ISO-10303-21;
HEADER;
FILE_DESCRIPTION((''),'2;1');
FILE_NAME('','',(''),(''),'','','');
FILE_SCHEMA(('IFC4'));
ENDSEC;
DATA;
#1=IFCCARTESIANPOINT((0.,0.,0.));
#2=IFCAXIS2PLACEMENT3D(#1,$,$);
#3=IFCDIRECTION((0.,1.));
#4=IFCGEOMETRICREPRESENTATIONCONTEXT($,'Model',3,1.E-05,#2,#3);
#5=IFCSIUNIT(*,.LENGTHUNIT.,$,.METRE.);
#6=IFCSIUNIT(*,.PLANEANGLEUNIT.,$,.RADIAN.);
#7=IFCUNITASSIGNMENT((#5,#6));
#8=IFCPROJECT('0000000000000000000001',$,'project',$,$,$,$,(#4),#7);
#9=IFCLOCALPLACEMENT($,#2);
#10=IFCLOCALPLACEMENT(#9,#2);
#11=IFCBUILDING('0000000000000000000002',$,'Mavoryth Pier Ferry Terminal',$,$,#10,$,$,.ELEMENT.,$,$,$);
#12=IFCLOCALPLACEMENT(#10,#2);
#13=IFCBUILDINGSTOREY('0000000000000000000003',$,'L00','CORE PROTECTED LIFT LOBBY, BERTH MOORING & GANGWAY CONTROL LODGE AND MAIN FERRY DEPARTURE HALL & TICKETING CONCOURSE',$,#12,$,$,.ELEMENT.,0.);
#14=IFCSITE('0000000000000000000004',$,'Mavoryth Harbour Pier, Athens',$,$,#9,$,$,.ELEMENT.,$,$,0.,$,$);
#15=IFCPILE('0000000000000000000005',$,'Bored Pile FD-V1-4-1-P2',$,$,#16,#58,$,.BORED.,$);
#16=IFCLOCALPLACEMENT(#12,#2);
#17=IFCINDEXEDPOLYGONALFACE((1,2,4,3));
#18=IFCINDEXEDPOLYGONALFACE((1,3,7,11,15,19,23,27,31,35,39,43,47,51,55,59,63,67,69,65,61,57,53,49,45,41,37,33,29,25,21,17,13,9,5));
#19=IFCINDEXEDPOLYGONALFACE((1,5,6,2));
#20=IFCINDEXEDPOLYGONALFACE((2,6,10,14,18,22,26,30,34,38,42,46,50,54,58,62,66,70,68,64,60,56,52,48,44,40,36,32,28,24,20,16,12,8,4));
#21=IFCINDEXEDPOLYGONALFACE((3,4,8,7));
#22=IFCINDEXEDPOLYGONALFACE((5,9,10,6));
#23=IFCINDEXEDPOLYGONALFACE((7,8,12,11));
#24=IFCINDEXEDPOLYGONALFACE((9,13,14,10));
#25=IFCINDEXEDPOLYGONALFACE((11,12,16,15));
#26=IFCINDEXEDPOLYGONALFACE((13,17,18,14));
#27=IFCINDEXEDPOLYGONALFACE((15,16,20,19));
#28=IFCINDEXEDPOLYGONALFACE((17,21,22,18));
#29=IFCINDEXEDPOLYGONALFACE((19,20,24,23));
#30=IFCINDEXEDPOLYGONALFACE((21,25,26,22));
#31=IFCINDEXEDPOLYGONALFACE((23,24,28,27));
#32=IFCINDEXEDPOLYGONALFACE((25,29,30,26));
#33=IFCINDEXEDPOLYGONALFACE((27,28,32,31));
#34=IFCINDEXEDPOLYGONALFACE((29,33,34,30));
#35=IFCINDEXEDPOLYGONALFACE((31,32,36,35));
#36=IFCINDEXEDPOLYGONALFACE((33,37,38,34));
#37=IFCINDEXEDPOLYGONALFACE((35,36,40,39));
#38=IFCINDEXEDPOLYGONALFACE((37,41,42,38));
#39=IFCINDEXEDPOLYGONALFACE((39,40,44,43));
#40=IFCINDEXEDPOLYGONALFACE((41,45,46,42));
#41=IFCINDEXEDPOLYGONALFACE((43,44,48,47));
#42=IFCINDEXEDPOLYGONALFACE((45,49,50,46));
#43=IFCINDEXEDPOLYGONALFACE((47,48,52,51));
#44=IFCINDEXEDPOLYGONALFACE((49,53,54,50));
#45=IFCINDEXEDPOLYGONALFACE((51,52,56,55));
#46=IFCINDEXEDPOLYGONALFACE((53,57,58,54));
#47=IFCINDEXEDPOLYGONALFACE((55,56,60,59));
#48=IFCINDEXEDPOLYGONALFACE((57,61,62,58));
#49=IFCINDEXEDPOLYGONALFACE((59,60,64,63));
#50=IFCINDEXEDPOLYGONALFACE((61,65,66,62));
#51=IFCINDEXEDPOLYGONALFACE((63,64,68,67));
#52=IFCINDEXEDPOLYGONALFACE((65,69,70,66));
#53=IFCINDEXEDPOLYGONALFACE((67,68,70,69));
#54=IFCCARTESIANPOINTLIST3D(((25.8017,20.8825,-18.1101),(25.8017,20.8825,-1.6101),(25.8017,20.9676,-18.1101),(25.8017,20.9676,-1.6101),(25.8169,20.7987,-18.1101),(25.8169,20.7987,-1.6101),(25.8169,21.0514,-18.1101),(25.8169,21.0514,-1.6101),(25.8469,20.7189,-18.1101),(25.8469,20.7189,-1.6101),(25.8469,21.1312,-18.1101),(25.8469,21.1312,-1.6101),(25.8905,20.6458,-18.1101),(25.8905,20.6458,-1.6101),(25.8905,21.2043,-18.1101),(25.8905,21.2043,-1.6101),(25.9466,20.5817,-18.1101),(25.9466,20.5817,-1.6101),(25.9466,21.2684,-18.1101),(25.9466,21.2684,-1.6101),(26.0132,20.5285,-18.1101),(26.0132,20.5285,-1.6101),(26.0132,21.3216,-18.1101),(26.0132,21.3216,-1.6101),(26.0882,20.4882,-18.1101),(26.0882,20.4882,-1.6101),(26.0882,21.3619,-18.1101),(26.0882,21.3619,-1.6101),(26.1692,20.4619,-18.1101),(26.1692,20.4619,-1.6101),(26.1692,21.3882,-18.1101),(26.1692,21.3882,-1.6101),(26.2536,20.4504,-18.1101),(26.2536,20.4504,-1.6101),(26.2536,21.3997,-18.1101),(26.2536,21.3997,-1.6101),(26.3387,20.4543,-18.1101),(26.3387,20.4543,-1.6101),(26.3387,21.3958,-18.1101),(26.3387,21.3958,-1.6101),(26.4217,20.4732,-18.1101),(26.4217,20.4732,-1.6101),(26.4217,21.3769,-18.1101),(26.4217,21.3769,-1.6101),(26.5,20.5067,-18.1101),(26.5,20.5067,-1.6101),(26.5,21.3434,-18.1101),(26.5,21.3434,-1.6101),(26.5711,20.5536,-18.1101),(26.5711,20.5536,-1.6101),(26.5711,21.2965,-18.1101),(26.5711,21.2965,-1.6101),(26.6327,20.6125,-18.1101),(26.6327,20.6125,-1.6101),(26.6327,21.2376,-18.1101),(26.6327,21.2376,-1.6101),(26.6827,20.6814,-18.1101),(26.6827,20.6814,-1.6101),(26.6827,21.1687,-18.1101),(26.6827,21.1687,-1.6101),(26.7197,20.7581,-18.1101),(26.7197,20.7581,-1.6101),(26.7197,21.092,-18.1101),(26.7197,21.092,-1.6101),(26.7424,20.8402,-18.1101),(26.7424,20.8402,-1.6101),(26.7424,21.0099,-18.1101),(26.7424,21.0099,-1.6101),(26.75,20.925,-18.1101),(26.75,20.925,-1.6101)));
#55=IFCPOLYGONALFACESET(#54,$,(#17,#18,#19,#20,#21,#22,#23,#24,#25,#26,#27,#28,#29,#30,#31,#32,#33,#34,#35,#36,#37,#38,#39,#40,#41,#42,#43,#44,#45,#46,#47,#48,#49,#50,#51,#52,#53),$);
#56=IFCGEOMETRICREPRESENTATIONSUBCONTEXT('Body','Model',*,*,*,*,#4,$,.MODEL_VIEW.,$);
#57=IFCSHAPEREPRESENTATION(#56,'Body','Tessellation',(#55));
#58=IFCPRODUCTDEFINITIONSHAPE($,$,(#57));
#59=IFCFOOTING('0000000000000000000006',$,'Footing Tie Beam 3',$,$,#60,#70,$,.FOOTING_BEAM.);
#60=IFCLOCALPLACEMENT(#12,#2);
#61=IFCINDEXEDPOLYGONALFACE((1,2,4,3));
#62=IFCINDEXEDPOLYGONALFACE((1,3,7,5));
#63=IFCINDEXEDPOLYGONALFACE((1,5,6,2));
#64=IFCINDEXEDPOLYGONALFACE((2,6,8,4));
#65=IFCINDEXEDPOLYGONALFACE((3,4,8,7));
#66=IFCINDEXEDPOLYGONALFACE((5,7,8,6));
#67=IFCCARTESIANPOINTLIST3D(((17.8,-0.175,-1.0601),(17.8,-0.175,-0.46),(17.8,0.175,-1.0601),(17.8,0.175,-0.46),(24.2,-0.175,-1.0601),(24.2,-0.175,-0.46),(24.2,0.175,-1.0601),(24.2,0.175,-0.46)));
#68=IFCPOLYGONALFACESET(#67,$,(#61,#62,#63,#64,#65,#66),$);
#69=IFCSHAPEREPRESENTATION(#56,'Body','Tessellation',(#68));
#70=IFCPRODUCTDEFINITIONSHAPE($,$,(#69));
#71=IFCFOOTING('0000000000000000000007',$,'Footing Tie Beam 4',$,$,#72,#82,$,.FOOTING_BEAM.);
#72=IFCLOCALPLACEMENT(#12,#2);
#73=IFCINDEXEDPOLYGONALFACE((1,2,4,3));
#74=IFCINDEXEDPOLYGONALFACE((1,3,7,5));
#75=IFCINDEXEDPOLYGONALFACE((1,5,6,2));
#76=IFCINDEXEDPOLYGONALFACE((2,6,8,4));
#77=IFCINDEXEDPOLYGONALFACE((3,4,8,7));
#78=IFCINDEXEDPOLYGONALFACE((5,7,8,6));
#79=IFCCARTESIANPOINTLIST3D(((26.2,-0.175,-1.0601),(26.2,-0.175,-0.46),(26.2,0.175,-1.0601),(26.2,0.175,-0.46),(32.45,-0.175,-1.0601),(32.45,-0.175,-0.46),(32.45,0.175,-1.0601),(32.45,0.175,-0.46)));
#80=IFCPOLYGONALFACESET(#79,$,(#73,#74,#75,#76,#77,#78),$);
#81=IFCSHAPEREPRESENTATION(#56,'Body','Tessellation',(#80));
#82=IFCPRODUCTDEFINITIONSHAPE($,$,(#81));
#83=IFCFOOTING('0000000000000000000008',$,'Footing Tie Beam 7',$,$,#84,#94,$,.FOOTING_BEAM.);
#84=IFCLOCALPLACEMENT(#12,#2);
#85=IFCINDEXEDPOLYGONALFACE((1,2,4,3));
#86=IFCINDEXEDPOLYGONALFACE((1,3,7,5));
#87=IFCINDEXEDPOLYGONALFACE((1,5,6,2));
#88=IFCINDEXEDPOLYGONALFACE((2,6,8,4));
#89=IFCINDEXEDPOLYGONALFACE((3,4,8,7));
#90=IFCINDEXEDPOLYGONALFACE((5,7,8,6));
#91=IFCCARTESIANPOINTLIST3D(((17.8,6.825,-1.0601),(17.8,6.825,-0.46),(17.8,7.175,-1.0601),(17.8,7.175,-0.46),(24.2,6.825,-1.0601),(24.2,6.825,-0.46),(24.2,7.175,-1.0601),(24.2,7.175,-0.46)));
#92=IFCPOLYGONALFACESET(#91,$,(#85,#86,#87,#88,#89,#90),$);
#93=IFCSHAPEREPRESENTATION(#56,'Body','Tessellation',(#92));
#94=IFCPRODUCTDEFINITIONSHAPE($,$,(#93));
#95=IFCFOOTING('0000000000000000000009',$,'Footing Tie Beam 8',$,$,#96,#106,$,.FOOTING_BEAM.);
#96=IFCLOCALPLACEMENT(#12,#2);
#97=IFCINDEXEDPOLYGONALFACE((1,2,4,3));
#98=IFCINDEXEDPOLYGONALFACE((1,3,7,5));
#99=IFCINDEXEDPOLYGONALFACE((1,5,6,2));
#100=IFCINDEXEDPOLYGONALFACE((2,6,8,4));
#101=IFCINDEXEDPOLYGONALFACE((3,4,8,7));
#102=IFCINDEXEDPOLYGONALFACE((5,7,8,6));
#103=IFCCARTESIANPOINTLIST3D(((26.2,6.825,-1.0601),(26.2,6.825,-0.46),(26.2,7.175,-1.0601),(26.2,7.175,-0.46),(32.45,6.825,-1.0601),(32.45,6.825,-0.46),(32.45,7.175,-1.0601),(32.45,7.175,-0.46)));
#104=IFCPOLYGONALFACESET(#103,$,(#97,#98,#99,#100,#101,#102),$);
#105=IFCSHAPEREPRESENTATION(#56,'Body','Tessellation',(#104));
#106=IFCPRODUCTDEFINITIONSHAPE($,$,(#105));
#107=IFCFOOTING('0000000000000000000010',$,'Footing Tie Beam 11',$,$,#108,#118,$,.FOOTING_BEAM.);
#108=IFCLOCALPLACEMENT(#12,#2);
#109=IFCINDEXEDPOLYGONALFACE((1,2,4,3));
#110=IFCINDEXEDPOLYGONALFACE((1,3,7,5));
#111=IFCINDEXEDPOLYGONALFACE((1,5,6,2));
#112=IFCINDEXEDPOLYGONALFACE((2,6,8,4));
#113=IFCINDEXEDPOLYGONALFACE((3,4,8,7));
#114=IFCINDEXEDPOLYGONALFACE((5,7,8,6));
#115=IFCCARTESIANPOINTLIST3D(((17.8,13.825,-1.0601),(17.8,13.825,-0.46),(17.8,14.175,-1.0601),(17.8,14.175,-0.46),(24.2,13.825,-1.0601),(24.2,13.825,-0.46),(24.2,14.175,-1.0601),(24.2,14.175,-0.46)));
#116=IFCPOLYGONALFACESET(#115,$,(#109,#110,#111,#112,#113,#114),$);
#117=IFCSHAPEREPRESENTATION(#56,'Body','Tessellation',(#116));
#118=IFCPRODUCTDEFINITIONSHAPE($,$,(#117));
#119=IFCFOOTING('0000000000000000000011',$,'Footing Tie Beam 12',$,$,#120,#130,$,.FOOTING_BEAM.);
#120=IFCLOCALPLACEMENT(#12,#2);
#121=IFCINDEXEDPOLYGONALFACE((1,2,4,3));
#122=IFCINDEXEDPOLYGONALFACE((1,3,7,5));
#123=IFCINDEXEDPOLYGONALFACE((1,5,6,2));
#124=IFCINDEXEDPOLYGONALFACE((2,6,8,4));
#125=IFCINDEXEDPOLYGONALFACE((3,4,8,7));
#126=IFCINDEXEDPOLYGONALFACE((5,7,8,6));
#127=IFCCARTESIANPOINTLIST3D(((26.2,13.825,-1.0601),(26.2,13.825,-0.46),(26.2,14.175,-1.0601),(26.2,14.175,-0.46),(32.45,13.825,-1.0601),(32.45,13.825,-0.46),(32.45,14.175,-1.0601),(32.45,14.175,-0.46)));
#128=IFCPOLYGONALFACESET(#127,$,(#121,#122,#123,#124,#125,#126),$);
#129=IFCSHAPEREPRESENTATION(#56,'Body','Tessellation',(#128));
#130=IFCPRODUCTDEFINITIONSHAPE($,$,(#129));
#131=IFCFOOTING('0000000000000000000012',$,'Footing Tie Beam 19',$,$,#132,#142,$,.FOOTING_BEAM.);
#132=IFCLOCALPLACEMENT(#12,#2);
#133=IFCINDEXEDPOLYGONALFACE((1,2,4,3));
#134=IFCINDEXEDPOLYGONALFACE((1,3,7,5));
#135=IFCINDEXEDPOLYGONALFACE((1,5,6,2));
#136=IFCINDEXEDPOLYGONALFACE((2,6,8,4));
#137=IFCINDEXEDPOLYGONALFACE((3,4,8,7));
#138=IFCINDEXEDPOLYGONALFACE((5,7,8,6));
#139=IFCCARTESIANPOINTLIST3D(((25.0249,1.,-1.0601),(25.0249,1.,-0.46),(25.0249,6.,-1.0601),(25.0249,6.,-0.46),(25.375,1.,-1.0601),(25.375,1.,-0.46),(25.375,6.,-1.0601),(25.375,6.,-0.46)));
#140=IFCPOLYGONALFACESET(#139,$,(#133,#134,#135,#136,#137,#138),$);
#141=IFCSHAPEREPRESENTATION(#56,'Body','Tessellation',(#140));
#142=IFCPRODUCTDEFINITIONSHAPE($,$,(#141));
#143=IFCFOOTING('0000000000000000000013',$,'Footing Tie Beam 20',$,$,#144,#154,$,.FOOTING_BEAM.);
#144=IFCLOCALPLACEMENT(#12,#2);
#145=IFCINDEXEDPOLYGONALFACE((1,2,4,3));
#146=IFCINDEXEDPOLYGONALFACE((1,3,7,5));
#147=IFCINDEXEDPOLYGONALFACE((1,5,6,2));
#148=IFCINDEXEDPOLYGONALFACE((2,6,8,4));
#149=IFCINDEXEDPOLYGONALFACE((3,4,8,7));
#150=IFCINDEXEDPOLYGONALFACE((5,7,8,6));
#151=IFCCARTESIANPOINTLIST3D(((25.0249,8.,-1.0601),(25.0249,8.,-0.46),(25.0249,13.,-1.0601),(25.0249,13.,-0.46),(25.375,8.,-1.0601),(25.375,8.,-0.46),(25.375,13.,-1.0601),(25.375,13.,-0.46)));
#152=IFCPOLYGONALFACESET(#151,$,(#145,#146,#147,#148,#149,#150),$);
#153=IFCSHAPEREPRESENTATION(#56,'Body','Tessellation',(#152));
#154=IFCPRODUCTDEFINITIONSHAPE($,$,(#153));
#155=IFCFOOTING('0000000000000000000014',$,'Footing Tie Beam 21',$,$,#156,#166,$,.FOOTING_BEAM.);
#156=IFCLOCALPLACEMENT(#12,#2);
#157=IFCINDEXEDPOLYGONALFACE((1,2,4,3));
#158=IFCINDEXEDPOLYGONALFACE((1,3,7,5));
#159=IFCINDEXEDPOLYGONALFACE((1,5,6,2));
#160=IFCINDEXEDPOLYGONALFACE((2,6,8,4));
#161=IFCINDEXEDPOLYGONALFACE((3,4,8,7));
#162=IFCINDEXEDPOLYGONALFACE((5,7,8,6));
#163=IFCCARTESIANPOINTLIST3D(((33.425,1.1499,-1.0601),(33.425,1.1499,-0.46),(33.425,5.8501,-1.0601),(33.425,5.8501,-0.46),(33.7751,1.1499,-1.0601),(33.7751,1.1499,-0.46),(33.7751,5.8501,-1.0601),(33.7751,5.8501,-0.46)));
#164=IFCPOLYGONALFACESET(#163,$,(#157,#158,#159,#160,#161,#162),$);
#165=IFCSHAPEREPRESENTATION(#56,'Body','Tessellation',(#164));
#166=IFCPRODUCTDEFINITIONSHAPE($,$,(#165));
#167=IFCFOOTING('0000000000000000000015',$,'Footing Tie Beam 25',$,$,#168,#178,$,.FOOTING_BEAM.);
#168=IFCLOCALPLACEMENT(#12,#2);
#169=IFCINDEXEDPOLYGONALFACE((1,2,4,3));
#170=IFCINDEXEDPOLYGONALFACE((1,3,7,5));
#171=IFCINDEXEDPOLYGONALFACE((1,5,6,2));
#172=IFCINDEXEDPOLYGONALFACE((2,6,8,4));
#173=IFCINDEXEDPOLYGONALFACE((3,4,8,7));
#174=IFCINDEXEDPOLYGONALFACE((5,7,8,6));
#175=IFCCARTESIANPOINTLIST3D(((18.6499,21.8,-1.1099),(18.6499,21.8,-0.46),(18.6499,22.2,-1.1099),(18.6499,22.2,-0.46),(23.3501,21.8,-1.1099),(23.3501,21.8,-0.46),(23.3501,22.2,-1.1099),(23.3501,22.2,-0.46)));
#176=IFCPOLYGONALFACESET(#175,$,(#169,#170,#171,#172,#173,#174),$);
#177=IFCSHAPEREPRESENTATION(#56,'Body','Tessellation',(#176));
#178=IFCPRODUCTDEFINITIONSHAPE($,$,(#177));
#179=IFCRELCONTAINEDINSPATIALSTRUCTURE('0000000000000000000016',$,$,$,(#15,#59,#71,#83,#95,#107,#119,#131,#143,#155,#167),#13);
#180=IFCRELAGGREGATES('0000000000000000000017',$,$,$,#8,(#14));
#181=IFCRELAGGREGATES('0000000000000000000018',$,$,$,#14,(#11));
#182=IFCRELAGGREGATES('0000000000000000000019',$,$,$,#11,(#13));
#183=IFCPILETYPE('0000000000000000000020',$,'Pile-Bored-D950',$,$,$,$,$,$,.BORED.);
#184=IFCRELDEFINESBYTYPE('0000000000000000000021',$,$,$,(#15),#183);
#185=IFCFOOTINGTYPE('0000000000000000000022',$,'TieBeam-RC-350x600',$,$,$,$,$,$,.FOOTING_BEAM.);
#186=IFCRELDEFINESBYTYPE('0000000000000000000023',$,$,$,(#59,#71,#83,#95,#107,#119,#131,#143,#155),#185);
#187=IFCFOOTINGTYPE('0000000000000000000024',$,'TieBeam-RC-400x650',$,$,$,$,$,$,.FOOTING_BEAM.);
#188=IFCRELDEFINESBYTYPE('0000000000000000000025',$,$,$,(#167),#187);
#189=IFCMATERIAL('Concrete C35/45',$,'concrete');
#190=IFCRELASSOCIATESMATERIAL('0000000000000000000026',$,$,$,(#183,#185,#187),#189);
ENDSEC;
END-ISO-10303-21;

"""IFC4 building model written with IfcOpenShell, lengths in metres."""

from ifc_helpers import new_model, si_unit, direction, frame, origin, origin_2d, place, context, subcontext, project, spatial, rectangle, circle, extrude, material, material_profile, profile_set, type_object, element, save


model = new_model("IFC4")

# Units and contexts
model_context = context("Model", 3, precision=1e-05, world=origin(), true_north=direction((0.0, 1.0)))
body_context = subcontext(model_context, "Body", "Model", "MODEL_VIEW")
ifc_project = project(units=[si_unit("LENGTHUNIT", "METRE"), si_unit("PLANEANGLEUNIT", "RADIAN")], contexts=[model_context])

# Site, building, storey
site_placement = place(None, origin())
site = spatial("IfcSite", under=ifc_project, at=site_placement, Name="Mavoryth Harbour Pier, Athens", CompositionType="ELEMENT", RefElevation=0.0)
building_placement = place(site_placement, origin())
building = spatial("IfcBuilding", under=site, at=building_placement, Name="Mavoryth Pier Ferry Terminal", CompositionType="ELEMENT")
storey_placement = place(building_placement, origin())
storey = spatial("IfcBuildingStorey", under=building, at=storey_placement, Name="L00", Description="CORE PROTECTED LIFT LOBBY, BERTH MOORING & GANGWAY CONTROL LODGE AND MAIN FERRY DEPARTURE HALL & TICKETING CONCOURSE", CompositionType="ELEMENT", Elevation=0.0)

# Shared definitions
ifc_material_1 = material(Name="Concrete C35/45", Category="concrete")

# Pile
ifc_material_profile_1 = material_profile(ifc_material_1, circle(Radius=0.4751, at=origin_2d()), Name="PILE D950", Category="concrete")
ifc_profile_set_1 = profile_set([ifc_material_profile_1], Name="Concrete C35/45 - PILE D950")
pile_type_1 = type_object("IfcPileType", Name="Pile-Bored-D950", PredefinedType="BORED", material=ifc_profile_set_1)
for number, where, z_axis, x_axis, name in (
    (1, (26.2749, 20.925, -1.6101), (0.0, 0.0, -1.0), (1.0, 0.0, 0.0), "Bored Pile FD-V1-4-1-P2"),
):
    element("IfcPile", number, at=place(storey_placement, frame(where, z_axis=z_axis, x_axis=x_axis)), inside=storey, type_object=pile_type_1, Name=name, PredefinedType="BORED", context=body_context, shape_type="SweptSolid", body=[
        extrude(circle(Radius=0.4751, at=origin_2d()), origin(), (0.0, 0.0, 1.0), 16.5),
    ])

# Footings
ifc_material_profile_2 = material_profile(ifc_material_1, rectangle(XDim=0.3501, YDim=0.6001, at=origin_2d()), Name="RC 350x600", Category="concrete")
ifc_profile_set_2 = profile_set([ifc_material_profile_2], Name="Concrete C35/45 - RC 350x600")
footing_type_1 = type_object("IfcFootingType", Name="TieBeam-RC-350x600", PredefinedType="FOOTING_BEAM", material=ifc_profile_set_2)
footing_1_placement = place(storey_placement, frame((17.8, 0.0, -0.76), z_axis=(1.0, 0.0, 0.0), x_axis=(0.0, 1.0, 0.0)))
element("IfcFooting", 2, at=footing_1_placement, inside=storey, type_object=footing_type_1, Name="Footing Tie Beam 3", PredefinedType="FOOTING_BEAM", context=body_context, shape_type="SweptSolid", body=[
    extrude(rectangle(XDim=0.3501, YDim=0.6001, at=origin_2d()), origin(), (0.0, 0.0, 1.0), 6.3999),
])
footing_2_placement = place(storey_placement, frame((26.2, 0.0, -0.76), z_axis=(1.0, 0.0, 0.0), x_axis=(0.0, 1.0, 0.0)))
element("IfcFooting", 3, at=footing_2_placement, inside=storey, type_object=footing_type_1, Name="Footing Tie Beam 4", PredefinedType="FOOTING_BEAM", context=body_context, shape_type="SweptSolid", body=[
    extrude(rectangle(XDim=0.3501, YDim=0.6001, at=origin_2d()), origin(), (0.0, 0.0, 1.0), 6.25),
])
footing_3_placement = place(storey_placement, frame((17.8, 7.0, -0.76), z_axis=(1.0, 0.0, 0.0), x_axis=(0.0, 1.0, 0.0)))
element("IfcFooting", 4, at=footing_3_placement, inside=storey, type_object=footing_type_1, Name="Footing Tie Beam 7", PredefinedType="FOOTING_BEAM", context=body_context, shape_type="SweptSolid", body=[
    extrude(rectangle(XDim=0.3501, YDim=0.6001, at=origin_2d()), origin(), (0.0, 0.0, 1.0), 6.3999),
])
footing_4_placement = place(storey_placement, frame((26.2, 7.0, -0.76), z_axis=(1.0, 0.0, 0.0), x_axis=(0.0, 1.0, 0.0)))
element("IfcFooting", 5, at=footing_4_placement, inside=storey, type_object=footing_type_1, Name="Footing Tie Beam 8", PredefinedType="FOOTING_BEAM", context=body_context, shape_type="SweptSolid", body=[
    extrude(rectangle(XDim=0.3501, YDim=0.6001, at=origin_2d()), origin(), (0.0, 0.0, 1.0), 6.25),
])
footing_5_placement = place(storey_placement, frame((17.8, 14.0, -0.76), z_axis=(1.0, 0.0, 0.0), x_axis=(0.0, 1.0, 0.0)))
element("IfcFooting", 6, at=footing_5_placement, inside=storey, type_object=footing_type_1, Name="Footing Tie Beam 11", PredefinedType="FOOTING_BEAM", context=body_context, shape_type="SweptSolid", body=[
    extrude(rectangle(XDim=0.3501, YDim=0.6001, at=origin_2d()), origin(), (0.0, 0.0, 1.0), 6.3999),
])
footing_6_placement = place(storey_placement, frame((26.2, 14.0, -0.76), z_axis=(1.0, 0.0, 0.0), x_axis=(0.0, 1.0, 0.0)))
element("IfcFooting", 7, at=footing_6_placement, inside=storey, type_object=footing_type_1, Name="Footing Tie Beam 12", PredefinedType="FOOTING_BEAM", context=body_context, shape_type="SweptSolid", body=[
    extrude(rectangle(XDim=0.3501, YDim=0.6001, at=origin_2d()), origin(), (0.0, 0.0, 1.0), 6.25),
])
for number, where, z_axis, x_axis, name in (
    (8, (25.2, 1.0, -0.76), (0.0, 1.0, 0.0), (-1.0, 0.0, 0.0), "Footing Tie Beam 19"),
    (9, (25.2, 8.0, -0.76), (0.0, 1.0, 0.0), (-1.0, 0.0, 0.0), "Footing Tie Beam 20"),
):
    element("IfcFooting", number, at=place(storey_placement, frame(where, z_axis=z_axis, x_axis=x_axis)), inside=storey, type_object=footing_type_1, Name=name, PredefinedType="FOOTING_BEAM", context=body_context, shape_type="SweptSolid", body=[
        extrude(rectangle(XDim=0.3501, YDim=0.6001, at=origin_2d()), origin(), (0.0, 0.0, 1.0), 5.0),
    ])
footing_7_placement = place(storey_placement, frame((33.6001, 1.1499, -0.76), z_axis=(0.0, 1.0, 0.0), x_axis=(-1.0, 0.0, 0.0)))
element("IfcFooting", 10, at=footing_7_placement, inside=storey, type_object=footing_type_1, Name="Footing Tie Beam 21", PredefinedType="FOOTING_BEAM", context=body_context, shape_type="SweptSolid", body=[
    extrude(rectangle(XDim=0.3501, YDim=0.6001, at=origin_2d()), origin(), (0.0, 0.0, 1.0), 4.7002),
])
ifc_material_profile_3 = material_profile(ifc_material_1, rectangle(XDim=0.3999, YDim=0.6499, at=origin_2d()), Name="RC 400x650", Category="concrete")
ifc_profile_set_3 = profile_set([ifc_material_profile_3], Name="Concrete C35/45 - RC 400x650")
footing_type_2 = type_object("IfcFootingType", Name="TieBeam-RC-400x650", PredefinedType="FOOTING_BEAM", material=ifc_profile_set_3)
footing_8_placement = place(storey_placement, frame((18.6499, 22.0, -0.7849), z_axis=(1.0, 0.0, 0.0), x_axis=(0.0, 1.0, 0.0)))
element("IfcFooting", 11, at=footing_8_placement, inside=storey, type_object=footing_type_2, Name="Footing Tie Beam 25", PredefinedType="FOOTING_BEAM", context=body_context, shape_type="SweptSolid", body=[
    extrude(rectangle(XDim=0.3999, YDim=0.6499, at=origin_2d()), origin(), (0.0, 0.0, 1.0), 4.7002),
])

save(model, "model.ifc")
